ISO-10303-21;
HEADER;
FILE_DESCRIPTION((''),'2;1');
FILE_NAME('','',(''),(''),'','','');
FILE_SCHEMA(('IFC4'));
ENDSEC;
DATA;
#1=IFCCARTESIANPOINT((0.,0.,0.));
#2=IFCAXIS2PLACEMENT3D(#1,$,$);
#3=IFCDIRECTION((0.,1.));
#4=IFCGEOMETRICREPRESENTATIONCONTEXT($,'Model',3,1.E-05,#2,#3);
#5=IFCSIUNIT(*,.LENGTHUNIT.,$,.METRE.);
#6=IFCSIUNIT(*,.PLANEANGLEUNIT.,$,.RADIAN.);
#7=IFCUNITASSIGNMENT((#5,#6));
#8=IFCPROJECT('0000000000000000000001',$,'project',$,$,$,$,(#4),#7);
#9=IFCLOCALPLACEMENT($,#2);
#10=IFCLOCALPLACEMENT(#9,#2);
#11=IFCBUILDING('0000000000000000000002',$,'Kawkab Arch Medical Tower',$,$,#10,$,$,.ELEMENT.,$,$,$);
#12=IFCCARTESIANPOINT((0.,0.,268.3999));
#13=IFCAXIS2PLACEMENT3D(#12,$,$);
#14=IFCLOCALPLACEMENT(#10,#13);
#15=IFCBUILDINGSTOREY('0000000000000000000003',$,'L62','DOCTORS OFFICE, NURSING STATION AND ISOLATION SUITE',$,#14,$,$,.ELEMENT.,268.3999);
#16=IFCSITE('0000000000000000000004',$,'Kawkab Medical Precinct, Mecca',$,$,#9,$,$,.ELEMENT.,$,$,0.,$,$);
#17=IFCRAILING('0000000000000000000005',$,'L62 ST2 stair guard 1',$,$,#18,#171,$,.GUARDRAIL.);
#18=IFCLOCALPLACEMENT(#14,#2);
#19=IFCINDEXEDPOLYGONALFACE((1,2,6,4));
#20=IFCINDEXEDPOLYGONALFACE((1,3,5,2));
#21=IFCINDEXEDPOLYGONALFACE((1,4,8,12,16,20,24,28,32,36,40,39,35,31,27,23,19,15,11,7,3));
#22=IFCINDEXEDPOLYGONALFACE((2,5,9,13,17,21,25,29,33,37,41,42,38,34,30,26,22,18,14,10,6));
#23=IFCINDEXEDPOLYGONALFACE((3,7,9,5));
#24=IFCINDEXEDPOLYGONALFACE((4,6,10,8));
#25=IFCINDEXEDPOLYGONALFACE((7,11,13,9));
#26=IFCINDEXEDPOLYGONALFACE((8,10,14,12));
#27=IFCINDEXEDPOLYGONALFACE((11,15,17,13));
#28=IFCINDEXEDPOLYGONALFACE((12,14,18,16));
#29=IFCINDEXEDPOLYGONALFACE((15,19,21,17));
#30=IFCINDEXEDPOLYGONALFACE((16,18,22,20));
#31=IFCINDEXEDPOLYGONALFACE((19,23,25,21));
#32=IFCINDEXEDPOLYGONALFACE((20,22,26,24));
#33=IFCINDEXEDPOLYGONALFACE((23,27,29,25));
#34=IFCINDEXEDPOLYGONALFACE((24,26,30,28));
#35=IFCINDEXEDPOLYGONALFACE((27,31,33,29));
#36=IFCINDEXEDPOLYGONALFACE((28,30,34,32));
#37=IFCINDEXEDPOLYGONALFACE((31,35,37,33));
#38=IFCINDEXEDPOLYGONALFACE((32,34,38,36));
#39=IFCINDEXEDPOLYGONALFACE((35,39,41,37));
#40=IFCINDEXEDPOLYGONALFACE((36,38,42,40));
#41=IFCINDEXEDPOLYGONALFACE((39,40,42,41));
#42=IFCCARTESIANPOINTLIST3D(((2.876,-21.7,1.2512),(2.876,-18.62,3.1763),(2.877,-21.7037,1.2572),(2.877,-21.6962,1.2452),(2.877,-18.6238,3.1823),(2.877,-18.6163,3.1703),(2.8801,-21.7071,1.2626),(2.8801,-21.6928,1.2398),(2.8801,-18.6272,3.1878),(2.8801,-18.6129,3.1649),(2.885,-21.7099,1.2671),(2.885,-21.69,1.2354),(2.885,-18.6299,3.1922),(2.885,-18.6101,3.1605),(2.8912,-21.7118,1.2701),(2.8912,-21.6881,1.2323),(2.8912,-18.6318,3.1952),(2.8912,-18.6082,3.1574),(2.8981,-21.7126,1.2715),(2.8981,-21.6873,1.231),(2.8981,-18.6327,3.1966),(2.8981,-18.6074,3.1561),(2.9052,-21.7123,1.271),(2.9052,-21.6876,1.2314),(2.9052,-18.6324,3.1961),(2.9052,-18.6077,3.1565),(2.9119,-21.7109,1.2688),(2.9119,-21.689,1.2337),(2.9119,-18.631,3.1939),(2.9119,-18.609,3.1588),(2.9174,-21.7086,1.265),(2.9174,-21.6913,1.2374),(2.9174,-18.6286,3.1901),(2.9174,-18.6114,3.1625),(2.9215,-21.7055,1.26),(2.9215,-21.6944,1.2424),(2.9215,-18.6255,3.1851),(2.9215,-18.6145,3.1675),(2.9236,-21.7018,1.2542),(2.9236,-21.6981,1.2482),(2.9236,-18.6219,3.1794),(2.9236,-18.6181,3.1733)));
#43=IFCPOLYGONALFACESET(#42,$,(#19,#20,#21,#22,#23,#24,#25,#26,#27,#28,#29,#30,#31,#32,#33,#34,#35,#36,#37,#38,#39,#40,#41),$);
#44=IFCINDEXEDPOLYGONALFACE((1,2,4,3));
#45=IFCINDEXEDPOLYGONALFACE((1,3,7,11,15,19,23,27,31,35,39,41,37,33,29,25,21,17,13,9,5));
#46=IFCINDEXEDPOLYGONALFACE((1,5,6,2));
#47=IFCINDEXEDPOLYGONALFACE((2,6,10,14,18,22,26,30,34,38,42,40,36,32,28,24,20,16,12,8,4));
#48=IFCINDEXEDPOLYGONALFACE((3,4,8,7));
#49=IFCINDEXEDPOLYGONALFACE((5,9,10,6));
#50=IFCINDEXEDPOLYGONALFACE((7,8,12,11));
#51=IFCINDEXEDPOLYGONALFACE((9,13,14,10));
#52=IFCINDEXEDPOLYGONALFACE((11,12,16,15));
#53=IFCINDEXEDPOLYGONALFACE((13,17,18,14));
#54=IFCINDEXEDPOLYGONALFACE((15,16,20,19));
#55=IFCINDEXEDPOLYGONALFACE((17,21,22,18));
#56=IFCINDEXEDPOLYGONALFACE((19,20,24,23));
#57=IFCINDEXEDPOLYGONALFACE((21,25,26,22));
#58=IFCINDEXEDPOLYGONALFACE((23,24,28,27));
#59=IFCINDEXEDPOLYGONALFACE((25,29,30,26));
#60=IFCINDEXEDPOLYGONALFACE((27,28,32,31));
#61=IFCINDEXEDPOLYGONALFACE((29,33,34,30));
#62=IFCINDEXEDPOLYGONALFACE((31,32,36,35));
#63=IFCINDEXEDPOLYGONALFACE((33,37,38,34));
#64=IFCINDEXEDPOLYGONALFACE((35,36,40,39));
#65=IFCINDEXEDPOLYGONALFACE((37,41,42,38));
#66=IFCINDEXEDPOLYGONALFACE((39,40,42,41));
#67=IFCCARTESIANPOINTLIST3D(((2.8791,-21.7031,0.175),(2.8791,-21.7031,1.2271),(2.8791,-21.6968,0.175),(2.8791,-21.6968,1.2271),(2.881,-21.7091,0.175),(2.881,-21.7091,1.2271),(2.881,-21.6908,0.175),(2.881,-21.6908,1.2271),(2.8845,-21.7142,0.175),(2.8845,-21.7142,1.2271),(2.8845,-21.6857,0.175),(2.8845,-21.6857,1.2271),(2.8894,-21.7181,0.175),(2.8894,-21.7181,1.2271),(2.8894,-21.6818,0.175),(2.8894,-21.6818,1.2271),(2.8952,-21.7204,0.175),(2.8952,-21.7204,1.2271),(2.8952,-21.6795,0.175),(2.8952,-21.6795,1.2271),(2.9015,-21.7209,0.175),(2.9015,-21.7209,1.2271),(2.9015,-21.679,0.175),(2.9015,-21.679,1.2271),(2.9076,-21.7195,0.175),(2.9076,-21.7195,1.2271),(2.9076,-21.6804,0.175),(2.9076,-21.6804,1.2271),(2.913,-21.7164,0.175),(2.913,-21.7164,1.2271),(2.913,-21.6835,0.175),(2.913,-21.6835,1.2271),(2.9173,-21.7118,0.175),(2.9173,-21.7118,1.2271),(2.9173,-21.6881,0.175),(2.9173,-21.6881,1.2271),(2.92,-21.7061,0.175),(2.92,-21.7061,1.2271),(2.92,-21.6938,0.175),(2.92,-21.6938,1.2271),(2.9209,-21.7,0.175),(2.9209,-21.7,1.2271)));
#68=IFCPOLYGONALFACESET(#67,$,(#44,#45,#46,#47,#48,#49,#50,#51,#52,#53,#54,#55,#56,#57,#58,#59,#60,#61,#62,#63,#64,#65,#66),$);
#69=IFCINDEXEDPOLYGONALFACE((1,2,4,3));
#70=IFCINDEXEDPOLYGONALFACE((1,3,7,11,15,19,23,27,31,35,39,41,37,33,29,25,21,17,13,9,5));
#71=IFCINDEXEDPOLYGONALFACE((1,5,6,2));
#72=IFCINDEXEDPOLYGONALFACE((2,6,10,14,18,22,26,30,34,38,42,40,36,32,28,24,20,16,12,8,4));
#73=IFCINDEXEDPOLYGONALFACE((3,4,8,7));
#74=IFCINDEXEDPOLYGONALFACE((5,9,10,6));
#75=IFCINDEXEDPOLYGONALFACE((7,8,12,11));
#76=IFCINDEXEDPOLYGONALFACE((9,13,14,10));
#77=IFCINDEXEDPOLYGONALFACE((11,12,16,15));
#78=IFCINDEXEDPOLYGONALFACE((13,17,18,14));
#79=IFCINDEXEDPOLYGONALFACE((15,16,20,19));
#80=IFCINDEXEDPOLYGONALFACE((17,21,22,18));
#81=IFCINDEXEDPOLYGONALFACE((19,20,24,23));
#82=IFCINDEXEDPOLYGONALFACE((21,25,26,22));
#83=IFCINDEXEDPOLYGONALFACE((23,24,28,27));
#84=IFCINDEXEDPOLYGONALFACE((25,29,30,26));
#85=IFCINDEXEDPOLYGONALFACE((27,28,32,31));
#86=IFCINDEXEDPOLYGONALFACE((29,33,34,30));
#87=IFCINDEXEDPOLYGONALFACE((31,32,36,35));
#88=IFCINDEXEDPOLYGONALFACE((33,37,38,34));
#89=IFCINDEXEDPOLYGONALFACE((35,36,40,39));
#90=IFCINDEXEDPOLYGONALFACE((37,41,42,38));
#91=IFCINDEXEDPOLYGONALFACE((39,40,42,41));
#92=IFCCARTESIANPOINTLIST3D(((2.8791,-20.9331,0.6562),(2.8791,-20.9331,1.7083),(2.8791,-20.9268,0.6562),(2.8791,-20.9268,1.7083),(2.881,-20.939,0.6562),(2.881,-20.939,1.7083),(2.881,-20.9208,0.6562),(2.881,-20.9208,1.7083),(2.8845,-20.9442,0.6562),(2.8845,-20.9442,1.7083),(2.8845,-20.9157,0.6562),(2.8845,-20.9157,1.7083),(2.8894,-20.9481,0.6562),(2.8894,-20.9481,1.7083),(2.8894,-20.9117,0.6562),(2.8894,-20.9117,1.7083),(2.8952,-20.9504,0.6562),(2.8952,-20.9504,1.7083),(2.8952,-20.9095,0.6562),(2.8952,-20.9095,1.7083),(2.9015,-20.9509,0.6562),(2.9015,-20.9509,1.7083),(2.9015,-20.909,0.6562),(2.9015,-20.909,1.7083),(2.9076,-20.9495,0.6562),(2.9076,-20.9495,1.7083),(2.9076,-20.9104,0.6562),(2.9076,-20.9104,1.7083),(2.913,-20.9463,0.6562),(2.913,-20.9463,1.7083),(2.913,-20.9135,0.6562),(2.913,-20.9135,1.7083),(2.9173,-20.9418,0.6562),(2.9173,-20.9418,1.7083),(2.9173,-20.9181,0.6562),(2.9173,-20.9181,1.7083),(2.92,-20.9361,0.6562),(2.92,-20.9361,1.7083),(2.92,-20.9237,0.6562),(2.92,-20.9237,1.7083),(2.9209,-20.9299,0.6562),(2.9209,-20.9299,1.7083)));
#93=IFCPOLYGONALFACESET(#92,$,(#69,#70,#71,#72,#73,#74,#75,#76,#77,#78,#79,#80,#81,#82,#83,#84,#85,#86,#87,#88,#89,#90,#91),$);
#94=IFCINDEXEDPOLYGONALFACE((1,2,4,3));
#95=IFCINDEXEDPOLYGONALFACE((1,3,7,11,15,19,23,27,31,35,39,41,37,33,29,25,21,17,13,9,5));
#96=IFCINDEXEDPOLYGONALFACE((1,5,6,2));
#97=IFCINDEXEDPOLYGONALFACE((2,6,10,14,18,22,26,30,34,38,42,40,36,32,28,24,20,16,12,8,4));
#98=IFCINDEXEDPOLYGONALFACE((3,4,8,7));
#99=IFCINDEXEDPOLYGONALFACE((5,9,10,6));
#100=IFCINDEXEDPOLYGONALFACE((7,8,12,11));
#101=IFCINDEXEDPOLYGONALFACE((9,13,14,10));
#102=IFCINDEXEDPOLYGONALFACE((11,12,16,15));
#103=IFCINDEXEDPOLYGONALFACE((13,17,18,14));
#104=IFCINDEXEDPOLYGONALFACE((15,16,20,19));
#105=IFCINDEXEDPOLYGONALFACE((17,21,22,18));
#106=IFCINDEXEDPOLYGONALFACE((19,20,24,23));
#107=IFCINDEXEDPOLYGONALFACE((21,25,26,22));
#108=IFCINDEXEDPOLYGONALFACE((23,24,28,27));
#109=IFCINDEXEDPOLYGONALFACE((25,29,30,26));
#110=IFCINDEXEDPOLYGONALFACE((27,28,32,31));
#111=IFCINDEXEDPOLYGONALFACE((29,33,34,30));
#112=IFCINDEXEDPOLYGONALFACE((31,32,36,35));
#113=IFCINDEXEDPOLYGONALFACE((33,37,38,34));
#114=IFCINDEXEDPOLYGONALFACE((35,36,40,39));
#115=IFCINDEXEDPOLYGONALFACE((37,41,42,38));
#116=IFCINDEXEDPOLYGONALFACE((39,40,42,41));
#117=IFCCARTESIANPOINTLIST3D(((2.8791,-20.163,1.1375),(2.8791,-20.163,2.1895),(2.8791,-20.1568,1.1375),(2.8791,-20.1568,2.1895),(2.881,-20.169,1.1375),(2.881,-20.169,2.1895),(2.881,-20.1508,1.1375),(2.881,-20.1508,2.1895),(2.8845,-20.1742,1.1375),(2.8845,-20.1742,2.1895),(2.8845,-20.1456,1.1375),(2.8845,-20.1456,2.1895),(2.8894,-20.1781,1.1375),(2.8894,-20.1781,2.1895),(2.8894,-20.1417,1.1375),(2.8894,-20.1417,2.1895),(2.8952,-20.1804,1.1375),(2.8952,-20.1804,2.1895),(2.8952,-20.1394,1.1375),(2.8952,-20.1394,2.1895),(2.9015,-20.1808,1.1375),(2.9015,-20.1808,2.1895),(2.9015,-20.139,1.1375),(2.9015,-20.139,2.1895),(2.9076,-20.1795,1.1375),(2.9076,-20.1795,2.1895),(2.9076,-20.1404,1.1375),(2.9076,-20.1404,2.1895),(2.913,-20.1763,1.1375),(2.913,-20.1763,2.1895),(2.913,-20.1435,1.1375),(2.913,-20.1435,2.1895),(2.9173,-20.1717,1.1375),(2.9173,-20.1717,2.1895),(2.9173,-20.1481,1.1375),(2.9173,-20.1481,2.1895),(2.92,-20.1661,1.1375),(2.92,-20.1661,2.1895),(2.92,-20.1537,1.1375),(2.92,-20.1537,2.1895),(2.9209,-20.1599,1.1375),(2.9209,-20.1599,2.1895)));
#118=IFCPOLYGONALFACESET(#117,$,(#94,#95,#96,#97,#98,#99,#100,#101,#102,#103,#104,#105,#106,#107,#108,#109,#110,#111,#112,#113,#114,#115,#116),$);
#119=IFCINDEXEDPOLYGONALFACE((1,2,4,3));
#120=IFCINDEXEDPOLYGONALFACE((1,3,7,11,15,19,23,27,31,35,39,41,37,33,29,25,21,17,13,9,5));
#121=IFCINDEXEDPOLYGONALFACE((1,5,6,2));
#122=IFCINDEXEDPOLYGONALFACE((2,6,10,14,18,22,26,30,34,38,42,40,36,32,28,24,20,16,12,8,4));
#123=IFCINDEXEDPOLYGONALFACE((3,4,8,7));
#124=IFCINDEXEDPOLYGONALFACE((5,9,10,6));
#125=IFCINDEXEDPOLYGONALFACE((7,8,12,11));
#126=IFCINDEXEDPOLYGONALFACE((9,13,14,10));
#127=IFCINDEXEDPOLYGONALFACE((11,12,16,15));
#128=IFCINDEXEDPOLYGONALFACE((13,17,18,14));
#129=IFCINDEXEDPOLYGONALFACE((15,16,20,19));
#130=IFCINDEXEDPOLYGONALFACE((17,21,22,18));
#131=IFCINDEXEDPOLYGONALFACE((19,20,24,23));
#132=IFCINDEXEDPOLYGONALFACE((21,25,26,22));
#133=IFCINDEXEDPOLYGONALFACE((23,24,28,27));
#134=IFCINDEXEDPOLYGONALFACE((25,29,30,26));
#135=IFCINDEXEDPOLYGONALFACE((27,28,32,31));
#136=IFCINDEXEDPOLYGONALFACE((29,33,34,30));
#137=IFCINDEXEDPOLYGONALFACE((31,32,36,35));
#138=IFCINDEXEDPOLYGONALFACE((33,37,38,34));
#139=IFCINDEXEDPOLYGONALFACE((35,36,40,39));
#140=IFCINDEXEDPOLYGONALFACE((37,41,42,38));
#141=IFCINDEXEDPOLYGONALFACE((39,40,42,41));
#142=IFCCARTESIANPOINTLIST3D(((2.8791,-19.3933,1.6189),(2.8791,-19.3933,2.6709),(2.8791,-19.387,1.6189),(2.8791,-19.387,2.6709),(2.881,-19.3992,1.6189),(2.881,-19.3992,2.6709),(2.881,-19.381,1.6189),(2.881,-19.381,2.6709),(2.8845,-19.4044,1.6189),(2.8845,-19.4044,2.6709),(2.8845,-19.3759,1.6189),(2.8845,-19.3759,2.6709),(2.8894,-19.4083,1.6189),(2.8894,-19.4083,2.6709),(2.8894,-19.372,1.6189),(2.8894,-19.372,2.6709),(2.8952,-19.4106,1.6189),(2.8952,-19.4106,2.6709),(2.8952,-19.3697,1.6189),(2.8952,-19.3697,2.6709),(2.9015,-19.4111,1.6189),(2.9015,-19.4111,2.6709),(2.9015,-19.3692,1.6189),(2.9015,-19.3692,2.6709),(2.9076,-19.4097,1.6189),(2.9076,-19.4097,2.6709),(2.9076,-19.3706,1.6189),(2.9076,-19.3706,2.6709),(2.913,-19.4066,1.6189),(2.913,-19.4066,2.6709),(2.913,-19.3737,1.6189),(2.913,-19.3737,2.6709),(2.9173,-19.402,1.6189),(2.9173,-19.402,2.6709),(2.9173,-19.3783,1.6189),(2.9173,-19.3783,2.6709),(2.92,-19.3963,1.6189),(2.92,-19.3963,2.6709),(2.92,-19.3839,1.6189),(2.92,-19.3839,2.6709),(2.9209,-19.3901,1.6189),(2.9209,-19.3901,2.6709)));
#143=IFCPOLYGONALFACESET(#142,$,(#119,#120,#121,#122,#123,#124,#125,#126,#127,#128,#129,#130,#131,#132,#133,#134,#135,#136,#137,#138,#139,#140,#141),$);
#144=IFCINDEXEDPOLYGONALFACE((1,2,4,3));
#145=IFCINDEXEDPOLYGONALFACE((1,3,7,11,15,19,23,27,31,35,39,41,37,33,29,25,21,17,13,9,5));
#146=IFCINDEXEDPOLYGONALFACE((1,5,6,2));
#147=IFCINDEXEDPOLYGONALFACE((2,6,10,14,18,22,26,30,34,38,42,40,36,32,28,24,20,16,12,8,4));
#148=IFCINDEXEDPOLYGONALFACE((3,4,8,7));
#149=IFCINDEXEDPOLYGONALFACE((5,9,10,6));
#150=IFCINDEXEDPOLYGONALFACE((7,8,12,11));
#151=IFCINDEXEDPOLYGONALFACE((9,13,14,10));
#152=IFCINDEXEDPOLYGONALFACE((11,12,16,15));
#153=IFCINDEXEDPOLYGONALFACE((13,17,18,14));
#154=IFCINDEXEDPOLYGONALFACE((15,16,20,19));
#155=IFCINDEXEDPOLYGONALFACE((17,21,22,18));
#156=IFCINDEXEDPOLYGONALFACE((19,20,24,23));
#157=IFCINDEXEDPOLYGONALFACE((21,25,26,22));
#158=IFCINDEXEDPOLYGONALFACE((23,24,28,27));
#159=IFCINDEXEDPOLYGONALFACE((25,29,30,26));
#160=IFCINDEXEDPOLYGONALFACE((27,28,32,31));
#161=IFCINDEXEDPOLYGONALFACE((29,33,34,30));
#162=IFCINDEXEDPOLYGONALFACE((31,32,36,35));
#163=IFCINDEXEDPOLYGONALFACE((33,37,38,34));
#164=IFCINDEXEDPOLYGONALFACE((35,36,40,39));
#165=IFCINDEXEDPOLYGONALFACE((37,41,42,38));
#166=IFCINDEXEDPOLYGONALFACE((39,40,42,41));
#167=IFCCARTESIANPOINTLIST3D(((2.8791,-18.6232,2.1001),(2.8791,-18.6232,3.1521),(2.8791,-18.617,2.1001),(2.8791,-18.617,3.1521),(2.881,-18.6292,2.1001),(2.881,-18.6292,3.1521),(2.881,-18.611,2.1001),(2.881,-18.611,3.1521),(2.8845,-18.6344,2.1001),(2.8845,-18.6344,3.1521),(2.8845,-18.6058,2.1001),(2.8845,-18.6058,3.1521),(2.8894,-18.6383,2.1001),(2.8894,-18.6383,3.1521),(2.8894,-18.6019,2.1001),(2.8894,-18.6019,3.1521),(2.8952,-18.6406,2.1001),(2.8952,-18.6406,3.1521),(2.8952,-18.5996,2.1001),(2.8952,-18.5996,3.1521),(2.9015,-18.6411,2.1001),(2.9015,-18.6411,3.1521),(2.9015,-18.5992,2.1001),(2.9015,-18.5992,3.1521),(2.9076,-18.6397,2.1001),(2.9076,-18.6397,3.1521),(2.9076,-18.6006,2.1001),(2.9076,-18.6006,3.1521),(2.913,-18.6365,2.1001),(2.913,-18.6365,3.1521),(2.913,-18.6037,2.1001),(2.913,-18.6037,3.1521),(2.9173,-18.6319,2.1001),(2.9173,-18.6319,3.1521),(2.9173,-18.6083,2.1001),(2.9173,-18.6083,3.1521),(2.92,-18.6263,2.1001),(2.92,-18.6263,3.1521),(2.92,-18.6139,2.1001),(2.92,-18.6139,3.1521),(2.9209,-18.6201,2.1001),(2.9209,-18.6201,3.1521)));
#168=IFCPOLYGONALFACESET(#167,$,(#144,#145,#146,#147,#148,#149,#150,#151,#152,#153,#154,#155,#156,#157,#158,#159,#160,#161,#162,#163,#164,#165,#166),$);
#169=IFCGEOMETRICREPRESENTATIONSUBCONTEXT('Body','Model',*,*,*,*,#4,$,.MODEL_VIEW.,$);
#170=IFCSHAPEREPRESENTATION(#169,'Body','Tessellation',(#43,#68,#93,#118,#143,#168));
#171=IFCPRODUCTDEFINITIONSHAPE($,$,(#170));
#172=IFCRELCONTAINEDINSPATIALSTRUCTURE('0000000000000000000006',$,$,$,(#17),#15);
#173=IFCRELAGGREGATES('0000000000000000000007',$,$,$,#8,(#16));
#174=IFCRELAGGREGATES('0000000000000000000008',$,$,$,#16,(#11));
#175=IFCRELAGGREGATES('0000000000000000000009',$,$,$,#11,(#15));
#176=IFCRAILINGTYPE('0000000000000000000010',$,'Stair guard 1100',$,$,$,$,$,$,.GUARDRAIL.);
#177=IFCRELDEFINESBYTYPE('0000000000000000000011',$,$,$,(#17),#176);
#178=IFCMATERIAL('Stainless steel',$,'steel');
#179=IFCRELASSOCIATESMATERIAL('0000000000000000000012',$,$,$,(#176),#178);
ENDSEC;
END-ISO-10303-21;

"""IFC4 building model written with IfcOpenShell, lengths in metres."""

from ifc_helpers import new_model, si_unit, direction, frame, origin, origin_2d, place, context, subcontext, project, spatial, circle, extrude, material, type_object, element, save


model = new_model("IFC4")

# Units and contexts
model_context = context("Model", 3, precision=1e-05, world=origin(), true_north=direction((0.0, 1.0)))
body_context = subcontext(model_context, "Body", "Model", "MODEL_VIEW")
ifc_project = project(units=[si_unit("LENGTHUNIT", "METRE"), si_unit("PLANEANGLEUNIT", "RADIAN")], contexts=[model_context])

# Site, building, storey
site_placement = place(None, origin())
site = spatial("IfcSite", under=ifc_project, at=site_placement, Name="Kawkab Medical Precinct, Mecca", CompositionType="ELEMENT", RefElevation=0.0)
building_placement = place(site_placement, origin())
building = spatial("IfcBuilding", under=site, at=building_placement, Name="Kawkab Arch Medical Tower", CompositionType="ELEMENT")
storey_placement = place(building_placement, frame((0.0, 0.0, 268.3999)))
storey = spatial("IfcBuildingStorey", under=building, at=storey_placement, Name="L62", Description="DOCTORS OFFICE, NURSING STATION AND ISOLATION SUITE", CompositionType="ELEMENT", Elevation=268.3999)

# Railing
ifc_material_1 = material(Name="Stainless steel", Category="steel")
railing_type_1 = type_object("IfcRailingType", Name="Stair guard 1100", PredefinedType="GUARDRAIL", material=ifc_material_1)
railing_1_placement = place(storey_placement, frame((2.8999, -21.7, 0.175)))
element("IfcRailing", 1, at=railing_1_placement, inside=storey, type_object=railing_type_1, Name="L62 ST2 stair guard 1", PredefinedType="GUARDRAIL", context=body_context, shape_type="SweptSolid", body=[
    extrude(circle(Radius=0.0239, at=origin_2d()), frame((0.0, 0.0, 1.0762), z_axis=(0.0, 0.847979, 0.530029), x_axis=(-1.0, 0.0, 0.0)), (0.0, 0.0, 1.0), 3.6321),
    extrude(circle(Radius=0.021, at=origin_2d()), origin(), (0.0, 0.0, 1.0), 1.052),
    extrude(circle(Radius=0.021, at=origin_2d()), frame((0.0, 0.77, 0.4812)), (0.0, 0.0, 1.0), 1.052),
    extrude(circle(Radius=0.021, at=origin_2d()), frame((0.0, 1.54, 0.9624)), (0.0, 0.0, 1.0), 1.052),
    extrude(circle(Radius=0.021, at=origin_2d()), frame((0.0, 2.3098, 1.4438)), (0.0, 0.0, 1.0), 1.052),
    extrude(circle(Radius=0.021, at=origin_2d()), frame((0.0, 3.0798, 1.925)), (0.0, 0.0, 1.0), 1.052),
])

save(model, "model.ifc")
